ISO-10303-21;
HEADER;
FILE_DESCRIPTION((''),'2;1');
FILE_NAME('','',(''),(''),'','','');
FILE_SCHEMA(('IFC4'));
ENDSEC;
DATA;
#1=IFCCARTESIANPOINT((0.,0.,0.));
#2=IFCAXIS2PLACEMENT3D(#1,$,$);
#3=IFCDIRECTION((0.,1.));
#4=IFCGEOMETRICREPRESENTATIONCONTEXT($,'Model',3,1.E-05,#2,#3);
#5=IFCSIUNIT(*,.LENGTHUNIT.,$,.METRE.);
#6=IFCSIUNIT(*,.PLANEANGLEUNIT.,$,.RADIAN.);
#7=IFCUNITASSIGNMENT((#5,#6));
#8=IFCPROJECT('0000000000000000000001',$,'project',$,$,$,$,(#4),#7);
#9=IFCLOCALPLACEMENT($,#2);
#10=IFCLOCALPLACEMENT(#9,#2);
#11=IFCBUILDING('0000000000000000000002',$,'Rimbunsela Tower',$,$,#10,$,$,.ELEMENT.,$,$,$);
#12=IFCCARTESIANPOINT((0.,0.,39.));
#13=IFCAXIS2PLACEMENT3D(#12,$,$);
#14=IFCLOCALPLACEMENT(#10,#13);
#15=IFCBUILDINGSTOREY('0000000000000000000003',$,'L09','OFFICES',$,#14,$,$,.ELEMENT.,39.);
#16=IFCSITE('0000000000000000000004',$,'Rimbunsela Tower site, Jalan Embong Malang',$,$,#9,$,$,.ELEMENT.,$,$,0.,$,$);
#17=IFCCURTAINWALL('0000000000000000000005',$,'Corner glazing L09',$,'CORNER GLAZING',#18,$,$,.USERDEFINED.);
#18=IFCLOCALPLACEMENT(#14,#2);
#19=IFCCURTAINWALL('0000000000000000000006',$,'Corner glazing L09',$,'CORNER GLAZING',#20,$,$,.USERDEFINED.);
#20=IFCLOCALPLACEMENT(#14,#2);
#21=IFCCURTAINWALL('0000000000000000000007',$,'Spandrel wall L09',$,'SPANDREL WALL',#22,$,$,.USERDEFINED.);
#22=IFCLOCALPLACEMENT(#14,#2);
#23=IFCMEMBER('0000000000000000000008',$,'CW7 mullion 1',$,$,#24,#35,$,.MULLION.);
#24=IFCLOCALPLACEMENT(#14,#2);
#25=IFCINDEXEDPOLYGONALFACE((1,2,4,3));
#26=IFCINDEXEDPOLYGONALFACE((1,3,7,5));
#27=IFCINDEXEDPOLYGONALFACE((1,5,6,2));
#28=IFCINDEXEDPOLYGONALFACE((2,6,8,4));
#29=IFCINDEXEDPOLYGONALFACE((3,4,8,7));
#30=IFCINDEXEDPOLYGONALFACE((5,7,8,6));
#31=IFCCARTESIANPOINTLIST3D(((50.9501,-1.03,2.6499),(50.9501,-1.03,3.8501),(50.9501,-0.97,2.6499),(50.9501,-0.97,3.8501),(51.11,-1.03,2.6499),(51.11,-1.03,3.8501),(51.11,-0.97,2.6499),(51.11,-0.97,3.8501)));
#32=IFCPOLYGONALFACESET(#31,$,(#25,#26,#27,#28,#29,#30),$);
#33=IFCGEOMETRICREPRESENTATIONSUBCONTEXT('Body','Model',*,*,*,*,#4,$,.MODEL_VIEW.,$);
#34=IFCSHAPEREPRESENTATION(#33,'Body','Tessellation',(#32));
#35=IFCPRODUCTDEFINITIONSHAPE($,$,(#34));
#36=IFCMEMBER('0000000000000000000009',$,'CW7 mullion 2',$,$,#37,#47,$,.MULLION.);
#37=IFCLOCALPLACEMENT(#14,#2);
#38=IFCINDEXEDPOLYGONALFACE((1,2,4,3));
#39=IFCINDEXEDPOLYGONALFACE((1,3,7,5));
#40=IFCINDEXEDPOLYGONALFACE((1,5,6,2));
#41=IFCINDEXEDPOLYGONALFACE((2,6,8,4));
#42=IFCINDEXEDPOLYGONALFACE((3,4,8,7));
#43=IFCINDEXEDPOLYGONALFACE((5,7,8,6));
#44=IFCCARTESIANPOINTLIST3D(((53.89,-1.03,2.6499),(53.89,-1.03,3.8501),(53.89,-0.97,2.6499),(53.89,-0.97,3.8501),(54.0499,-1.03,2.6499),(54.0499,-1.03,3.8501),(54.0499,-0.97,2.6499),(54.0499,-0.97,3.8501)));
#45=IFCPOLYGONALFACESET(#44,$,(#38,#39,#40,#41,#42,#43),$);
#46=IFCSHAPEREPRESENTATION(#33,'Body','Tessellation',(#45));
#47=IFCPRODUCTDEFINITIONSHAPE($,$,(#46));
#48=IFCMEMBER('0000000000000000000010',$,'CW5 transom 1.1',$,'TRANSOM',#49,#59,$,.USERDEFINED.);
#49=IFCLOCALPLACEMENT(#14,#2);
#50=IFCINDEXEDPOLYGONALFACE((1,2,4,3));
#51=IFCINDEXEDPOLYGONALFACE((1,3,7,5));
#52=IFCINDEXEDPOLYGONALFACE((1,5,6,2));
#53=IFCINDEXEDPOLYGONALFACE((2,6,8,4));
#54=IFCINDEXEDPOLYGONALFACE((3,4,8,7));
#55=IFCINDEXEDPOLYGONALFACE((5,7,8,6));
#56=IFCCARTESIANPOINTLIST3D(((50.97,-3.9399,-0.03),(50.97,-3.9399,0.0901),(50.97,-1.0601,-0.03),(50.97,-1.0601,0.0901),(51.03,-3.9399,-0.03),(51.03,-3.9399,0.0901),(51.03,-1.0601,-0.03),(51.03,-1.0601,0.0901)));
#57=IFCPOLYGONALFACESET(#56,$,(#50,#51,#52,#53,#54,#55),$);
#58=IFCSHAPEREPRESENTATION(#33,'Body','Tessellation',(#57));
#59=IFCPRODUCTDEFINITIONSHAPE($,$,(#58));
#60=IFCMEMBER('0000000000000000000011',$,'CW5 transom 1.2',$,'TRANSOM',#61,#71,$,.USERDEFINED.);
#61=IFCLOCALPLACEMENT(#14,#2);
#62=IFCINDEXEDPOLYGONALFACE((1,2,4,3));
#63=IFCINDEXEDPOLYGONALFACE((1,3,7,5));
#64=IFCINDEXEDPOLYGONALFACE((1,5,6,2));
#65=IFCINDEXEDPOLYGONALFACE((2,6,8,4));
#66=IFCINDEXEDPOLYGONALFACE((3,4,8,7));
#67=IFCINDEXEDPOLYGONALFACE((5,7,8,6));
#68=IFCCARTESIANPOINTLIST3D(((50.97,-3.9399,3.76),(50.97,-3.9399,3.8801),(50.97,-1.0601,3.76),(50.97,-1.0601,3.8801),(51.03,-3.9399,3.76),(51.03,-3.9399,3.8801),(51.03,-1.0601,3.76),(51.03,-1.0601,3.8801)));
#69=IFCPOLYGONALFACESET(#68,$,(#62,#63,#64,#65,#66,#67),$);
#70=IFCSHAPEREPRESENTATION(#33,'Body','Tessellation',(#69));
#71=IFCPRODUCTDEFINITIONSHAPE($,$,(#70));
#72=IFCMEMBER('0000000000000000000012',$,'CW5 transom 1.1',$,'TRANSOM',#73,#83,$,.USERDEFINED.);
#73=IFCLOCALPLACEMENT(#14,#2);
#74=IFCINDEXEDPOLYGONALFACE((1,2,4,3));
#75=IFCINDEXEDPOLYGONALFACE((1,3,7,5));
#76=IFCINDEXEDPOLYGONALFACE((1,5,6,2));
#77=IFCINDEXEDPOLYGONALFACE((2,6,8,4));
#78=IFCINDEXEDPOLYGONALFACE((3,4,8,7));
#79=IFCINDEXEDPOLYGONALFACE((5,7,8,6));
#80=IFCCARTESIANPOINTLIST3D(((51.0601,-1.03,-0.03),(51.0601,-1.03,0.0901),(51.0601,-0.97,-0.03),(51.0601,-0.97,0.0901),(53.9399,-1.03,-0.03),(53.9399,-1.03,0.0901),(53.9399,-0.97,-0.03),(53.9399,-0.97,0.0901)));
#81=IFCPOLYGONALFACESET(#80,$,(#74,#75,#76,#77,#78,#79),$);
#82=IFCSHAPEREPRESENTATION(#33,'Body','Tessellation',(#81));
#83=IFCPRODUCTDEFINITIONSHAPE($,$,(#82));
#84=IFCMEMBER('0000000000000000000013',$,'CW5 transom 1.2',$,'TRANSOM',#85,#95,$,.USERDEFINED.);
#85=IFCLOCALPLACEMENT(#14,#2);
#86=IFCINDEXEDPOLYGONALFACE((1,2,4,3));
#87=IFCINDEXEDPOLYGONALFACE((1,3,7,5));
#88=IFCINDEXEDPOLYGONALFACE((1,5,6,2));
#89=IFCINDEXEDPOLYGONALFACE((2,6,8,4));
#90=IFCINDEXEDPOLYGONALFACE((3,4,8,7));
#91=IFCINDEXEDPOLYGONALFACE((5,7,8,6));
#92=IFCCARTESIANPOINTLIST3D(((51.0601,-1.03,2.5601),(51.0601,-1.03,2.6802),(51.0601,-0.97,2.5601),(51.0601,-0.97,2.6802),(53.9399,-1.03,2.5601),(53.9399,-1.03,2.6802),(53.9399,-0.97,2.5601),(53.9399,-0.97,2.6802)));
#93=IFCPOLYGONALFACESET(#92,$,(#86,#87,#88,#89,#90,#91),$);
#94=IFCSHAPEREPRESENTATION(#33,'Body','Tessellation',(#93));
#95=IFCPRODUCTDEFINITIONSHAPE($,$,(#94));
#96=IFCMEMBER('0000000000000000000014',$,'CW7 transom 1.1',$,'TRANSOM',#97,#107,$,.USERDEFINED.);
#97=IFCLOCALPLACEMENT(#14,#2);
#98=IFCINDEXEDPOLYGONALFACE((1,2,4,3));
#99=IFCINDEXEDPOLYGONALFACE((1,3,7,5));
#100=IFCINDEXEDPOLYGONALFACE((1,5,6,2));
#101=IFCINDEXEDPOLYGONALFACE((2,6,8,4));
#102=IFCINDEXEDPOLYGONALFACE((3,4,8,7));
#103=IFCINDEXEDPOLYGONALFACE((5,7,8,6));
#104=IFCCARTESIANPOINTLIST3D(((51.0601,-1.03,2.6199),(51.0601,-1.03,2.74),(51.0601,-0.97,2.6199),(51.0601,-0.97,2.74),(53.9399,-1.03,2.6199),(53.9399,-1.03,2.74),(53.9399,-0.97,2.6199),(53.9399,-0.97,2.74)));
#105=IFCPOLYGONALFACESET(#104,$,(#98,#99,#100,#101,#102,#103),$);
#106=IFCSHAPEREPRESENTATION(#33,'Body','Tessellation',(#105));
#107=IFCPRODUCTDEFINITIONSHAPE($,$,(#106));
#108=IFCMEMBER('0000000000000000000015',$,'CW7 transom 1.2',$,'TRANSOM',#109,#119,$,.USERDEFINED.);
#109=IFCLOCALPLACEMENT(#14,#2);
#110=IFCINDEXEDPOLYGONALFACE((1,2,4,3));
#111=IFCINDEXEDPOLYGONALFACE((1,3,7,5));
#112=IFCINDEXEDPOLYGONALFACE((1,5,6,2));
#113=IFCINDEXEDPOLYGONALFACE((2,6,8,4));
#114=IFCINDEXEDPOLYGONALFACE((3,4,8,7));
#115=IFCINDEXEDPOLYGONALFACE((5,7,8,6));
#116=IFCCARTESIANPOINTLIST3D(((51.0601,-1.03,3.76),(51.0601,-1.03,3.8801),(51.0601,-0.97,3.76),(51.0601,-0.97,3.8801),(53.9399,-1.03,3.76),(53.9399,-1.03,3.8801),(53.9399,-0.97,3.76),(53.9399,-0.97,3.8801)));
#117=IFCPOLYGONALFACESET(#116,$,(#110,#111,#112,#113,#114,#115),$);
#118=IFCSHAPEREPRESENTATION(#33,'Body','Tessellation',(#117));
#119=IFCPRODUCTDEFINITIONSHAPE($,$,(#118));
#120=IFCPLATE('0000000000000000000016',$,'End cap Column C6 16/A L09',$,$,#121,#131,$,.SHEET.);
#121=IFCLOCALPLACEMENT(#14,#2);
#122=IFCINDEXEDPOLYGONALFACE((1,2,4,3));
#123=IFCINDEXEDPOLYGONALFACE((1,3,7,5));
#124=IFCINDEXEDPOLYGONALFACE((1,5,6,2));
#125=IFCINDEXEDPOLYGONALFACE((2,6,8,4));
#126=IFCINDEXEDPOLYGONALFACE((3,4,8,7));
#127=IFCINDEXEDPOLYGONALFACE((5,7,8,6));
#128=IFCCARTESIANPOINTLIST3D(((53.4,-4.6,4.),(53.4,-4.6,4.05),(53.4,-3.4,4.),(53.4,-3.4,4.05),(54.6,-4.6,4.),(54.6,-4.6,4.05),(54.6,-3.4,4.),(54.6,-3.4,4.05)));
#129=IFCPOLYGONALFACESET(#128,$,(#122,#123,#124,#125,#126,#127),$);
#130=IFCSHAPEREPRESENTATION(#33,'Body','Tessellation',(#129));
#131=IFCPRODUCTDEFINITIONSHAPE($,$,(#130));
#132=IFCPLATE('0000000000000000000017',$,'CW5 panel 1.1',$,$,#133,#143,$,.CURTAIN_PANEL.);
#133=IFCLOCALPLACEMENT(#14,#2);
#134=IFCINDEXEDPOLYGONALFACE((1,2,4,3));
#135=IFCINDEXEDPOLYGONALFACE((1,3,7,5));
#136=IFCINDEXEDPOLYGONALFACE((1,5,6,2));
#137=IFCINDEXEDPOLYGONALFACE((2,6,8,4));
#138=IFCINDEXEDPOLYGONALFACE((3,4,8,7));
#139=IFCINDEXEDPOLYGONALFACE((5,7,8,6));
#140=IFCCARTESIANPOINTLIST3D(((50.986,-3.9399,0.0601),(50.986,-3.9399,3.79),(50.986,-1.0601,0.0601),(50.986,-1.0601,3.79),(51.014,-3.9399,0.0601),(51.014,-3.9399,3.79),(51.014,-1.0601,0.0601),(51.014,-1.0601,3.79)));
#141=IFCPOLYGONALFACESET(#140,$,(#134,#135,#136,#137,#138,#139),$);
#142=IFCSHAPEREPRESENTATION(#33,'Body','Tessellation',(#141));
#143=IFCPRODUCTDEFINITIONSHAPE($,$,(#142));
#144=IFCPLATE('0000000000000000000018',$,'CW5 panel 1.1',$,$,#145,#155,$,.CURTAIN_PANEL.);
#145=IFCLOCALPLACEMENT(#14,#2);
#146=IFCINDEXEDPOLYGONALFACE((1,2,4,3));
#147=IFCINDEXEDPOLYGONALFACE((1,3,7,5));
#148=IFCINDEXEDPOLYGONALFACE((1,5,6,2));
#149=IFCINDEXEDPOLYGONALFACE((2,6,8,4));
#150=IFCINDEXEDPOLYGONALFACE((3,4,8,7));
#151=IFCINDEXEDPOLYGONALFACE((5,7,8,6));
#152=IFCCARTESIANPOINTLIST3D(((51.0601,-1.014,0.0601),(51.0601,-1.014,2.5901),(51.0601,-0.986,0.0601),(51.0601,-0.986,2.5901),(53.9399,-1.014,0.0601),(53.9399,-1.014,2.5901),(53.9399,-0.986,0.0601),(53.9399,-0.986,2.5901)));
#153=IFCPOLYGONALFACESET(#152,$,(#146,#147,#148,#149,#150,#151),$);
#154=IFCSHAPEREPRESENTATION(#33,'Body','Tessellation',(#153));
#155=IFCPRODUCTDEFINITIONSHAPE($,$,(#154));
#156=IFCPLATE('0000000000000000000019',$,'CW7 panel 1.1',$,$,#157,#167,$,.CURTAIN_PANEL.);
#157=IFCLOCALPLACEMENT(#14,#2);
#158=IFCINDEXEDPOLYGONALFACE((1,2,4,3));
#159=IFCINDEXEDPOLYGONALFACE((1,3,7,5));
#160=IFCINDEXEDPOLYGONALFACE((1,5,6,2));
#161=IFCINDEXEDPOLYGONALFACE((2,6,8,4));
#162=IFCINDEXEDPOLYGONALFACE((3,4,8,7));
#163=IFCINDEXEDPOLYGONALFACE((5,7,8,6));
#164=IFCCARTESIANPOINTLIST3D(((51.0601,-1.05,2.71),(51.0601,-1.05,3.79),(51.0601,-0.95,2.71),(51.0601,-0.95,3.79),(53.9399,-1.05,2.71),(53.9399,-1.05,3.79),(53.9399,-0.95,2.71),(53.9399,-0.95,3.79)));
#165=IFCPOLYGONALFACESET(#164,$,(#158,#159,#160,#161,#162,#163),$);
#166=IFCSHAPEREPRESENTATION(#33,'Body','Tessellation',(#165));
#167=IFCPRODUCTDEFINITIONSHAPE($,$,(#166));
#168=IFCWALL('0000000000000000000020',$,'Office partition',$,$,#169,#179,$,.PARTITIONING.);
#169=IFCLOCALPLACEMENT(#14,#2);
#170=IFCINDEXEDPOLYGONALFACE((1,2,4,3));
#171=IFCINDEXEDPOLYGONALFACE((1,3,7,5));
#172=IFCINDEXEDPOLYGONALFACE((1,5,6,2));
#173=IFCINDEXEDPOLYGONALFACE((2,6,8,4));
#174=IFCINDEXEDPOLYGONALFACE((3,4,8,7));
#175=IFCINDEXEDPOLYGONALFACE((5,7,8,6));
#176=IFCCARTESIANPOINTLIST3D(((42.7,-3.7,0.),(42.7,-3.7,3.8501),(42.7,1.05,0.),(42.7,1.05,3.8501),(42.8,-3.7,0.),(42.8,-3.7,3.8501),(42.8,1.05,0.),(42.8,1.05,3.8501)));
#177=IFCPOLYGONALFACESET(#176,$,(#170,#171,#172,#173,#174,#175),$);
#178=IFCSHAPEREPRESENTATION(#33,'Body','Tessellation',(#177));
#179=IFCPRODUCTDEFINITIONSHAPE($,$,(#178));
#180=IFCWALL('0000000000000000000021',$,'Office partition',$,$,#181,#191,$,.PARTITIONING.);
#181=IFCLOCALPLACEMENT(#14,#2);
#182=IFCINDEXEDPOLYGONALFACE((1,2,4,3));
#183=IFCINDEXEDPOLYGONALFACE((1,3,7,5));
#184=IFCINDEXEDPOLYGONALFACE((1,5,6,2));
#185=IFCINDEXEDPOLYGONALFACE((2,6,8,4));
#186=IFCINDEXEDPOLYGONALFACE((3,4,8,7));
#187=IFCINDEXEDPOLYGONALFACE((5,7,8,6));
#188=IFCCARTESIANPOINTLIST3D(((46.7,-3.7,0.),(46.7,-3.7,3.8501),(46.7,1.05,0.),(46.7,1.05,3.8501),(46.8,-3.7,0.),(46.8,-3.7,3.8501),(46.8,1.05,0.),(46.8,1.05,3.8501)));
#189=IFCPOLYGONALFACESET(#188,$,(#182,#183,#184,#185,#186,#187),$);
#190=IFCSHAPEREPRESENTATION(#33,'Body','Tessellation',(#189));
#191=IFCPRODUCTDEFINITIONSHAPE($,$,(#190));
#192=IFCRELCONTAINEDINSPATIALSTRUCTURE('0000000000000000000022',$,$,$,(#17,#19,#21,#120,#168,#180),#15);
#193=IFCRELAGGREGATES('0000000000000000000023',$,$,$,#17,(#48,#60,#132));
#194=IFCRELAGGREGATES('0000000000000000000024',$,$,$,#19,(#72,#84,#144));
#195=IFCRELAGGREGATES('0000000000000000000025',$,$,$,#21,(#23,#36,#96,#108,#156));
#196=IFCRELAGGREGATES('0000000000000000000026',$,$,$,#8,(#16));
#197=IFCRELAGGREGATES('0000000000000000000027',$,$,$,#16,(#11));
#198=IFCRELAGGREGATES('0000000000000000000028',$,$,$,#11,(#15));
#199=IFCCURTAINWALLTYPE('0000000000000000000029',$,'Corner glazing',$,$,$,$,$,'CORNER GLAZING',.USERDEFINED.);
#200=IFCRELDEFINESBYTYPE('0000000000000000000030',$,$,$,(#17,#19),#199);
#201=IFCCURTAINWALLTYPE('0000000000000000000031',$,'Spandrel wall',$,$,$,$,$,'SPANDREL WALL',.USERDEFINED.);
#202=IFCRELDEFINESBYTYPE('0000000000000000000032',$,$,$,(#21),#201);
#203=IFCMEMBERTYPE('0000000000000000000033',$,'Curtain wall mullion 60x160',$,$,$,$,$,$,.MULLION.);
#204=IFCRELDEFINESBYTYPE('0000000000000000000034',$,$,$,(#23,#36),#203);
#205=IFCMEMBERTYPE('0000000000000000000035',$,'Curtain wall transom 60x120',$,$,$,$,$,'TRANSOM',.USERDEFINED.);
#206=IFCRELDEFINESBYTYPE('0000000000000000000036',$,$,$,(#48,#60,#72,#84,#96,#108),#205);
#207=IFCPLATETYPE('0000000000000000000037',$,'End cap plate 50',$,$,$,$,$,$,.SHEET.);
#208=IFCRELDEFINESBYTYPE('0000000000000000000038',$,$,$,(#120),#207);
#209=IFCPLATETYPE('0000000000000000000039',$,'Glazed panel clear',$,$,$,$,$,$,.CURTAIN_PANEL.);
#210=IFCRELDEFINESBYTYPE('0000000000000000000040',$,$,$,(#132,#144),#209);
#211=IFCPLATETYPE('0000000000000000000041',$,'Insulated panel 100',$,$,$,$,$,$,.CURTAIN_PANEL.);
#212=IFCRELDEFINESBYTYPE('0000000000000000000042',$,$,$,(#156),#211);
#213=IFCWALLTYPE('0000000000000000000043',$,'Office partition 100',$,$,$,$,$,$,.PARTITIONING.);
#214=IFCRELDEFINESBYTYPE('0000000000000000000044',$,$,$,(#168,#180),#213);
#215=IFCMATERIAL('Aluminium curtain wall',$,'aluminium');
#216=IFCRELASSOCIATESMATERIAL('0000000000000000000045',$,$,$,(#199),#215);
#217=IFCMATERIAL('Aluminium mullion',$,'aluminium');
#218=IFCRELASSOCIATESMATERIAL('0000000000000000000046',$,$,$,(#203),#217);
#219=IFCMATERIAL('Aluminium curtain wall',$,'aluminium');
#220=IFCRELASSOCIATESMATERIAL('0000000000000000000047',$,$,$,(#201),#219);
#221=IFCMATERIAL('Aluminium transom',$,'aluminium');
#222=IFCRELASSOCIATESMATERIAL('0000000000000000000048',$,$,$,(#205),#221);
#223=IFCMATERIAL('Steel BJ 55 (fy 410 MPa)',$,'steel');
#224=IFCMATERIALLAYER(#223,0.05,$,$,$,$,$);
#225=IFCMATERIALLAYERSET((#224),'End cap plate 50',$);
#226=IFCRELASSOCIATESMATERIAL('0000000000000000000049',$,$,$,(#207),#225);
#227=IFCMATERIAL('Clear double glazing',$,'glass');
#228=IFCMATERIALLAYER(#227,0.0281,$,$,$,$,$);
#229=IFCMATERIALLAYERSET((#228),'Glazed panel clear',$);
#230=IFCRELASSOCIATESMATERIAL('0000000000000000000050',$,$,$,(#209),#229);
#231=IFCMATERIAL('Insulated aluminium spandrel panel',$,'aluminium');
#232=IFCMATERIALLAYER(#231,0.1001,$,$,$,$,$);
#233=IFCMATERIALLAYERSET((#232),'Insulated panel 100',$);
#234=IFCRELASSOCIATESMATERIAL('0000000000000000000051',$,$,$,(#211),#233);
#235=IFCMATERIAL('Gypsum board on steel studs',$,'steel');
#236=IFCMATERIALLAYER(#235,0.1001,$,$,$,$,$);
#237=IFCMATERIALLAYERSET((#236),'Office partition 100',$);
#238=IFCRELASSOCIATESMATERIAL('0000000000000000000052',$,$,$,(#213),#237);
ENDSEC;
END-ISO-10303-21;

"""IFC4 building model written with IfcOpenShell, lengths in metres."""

from ifc_helpers import new_model, si_unit, direction, frame, frame_2d, origin, origin_2d, place, context, subcontext, project, spatial, rectangle, extrude, material, layer, layer_set, material_profile, profile_set, type_object, element, aggregate, save


model = new_model("IFC4")

# Units and contexts
model_context = context("Model", 3, precision=1e-05, world=origin(), true_north=direction((0.0, 1.0)))
body_context = subcontext(model_context, "Body", "Model", "MODEL_VIEW")
ifc_project = project(units=[si_unit("LENGTHUNIT", "METRE"), si_unit("PLANEANGLEUNIT", "RADIAN")], contexts=[model_context])

# Site, building, storey
site_placement = place(None, origin())
site = spatial("IfcSite", under=ifc_project, at=site_placement, Name="Rimbunsela Tower site, Jalan Embong Malang", CompositionType="ELEMENT", RefElevation=0.0)
building_placement = place(site_placement, origin())
building = spatial("IfcBuilding", under=site, at=building_placement, Name="Rimbunsela Tower", CompositionType="ELEMENT")
storey_placement = place(building_placement, frame((0.0, 0.0, 39.0)))
storey = spatial("IfcBuildingStorey", under=building, at=storey_placement, Name="L09", Description="OFFICES", CompositionType="ELEMENT", Elevation=39.0)

# Curtain walls, members
ifc_material_1 = material(Name="Aluminium curtain wall", Category="aluminium")
curtain_wall_type_1 = type_object("IfcCurtainWallType", Name="Corner glazing", ElementType="CORNER GLAZING", PredefinedType="USERDEFINED", material=ifc_material_1)
curtain_wall_1_placement = place(storey_placement, origin())
curtain_wall_1 = element("IfcCurtainWall", 1, at=curtain_wall_1_placement, inside=storey, type_object=curtain_wall_type_1, Name="Corner glazing L09", ObjectType="CORNER GLAZING", PredefinedType="USERDEFINED")
ifc_material_2 = material(Name="Aluminium mullion", Category="aluminium")
ifc_material_profile_1 = material_profile(ifc_material_2, rectangle(XDim=0.0601, YDim=0.1599, at=origin_2d()), Name="Mullion 60x160")
ifc_profile_set_1 = profile_set([ifc_material_profile_1], Name="Aluminium mullion")
member_type_1 = type_object("IfcMemberType", Name="Curtain wall mullion 60x160", PredefinedType="MULLION", material=ifc_profile_set_1)
curtain_wall_2_placement = place(storey_placement, origin())
curtain_wall_2 = element("IfcCurtainWall", 2, at=curtain_wall_2_placement, inside=storey, type_object=curtain_wall_type_1, Name="Corner glazing L09", ObjectType="CORNER GLAZING", PredefinedType="USERDEFINED")
ifc_material_3 = material(Name="Aluminium curtain wall", Category="aluminium")
curtain_wall_type_2 = type_object("IfcCurtainWallType", Name="Spandrel wall", ElementType="SPANDREL WALL", PredefinedType="USERDEFINED", material=ifc_material_3)
curtain_wall_3_placement = place(storey_placement, origin())
curtain_wall_3 = element("IfcCurtainWall", 3, at=curtain_wall_3_placement, inside=storey, type_object=curtain_wall_type_2, Name="Spandrel wall L09", ObjectType="SPANDREL WALL", PredefinedType="USERDEFINED")
member_1_placement = place(storey_placement, frame((51.03, -1.0, 2.6499), z_axis=(0.0, 0.0, 1.0), x_axis=(0.0, 1.0, 0.0)))
member_1 = element("IfcMember", 4, at=member_1_placement, type_object=member_type_1, Name="CW7 mullion 1", PredefinedType="MULLION", context=body_context, shape_type="SweptSolid", body=[
    extrude(rectangle(XDim=0.0601, YDim=0.1599, at=origin_2d()), origin(), (0.0, 0.0, 1.0), 1.2002),
])
member_2_placement = place(storey_placement, frame((53.97, -1.0, 2.6499), z_axis=(0.0, 0.0, 1.0), x_axis=(0.0, 1.0, 0.0)))
member_2 = element("IfcMember", 5, at=member_2_placement, type_object=member_type_1, Name="CW7 mullion 2", PredefinedType="MULLION", context=body_context, shape_type="SweptSolid", body=[
    extrude(rectangle(XDim=0.0601, YDim=0.1599, at=origin_2d()), origin(), (0.0, 0.0, 1.0), 1.2002),
])

# Members
ifc_material_4 = material(Name="Aluminium transom", Category="aluminium")
ifc_material_profile_2 = material_profile(ifc_material_4, rectangle(XDim=0.0601, YDim=0.1201, at=origin_2d()), Name="Transom 60x120")
ifc_profile_set_2 = profile_set([ifc_material_profile_2], Name="Aluminium transom")
member_type_2 = type_object("IfcMemberType", Name="Curtain wall transom 60x120", ElementType="TRANSOM", PredefinedType="USERDEFINED", material=ifc_profile_set_2)
member_3_placement = place(storey_placement, frame((51.0, -3.9399, 0.03), z_axis=(0.0, 1.0, 0.0), x_axis=(-1.0, 0.0, 0.0)))
member_3 = element("IfcMember", 6, at=member_3_placement, type_object=member_type_2, Name="CW5 transom 1.1", ObjectType="TRANSOM", PredefinedType="USERDEFINED", context=body_context, shape_type="SweptSolid", body=[
    extrude(rectangle(XDim=0.0601, YDim=0.1201, at=origin_2d()), origin(), (0.0, 0.0, 1.0), 2.8799),
])
member_4_placement = place(storey_placement, frame((51.0, -3.9399, 3.8201), z_axis=(0.0, 1.0, 0.0), x_axis=(-1.0, 0.0, 0.0)))
member_4 = element("IfcMember", 7, at=member_4_placement, type_object=member_type_2, Name="CW5 transom 1.2", ObjectType="TRANSOM", PredefinedType="USERDEFINED", context=body_context, shape_type="SweptSolid", body=[
    extrude(rectangle(XDim=0.0601, YDim=0.1201, at=origin_2d()), origin(), (0.0, 0.0, 1.0), 2.8799),
])
member_5_placement = place(storey_placement, frame((51.0601, -1.0, 0.03), z_axis=(1.0, 0.0, 0.0), x_axis=(0.0, 1.0, 0.0)))
member_5 = element("IfcMember", 8, at=member_5_placement, type_object=member_type_2, Name="CW5 transom 1.1", ObjectType="TRANSOM", PredefinedType="USERDEFINED", context=body_context, shape_type="SweptSolid", body=[
    extrude(rectangle(XDim=0.0601, YDim=0.1201, at=origin_2d()), origin(), (0.0, 0.0, 1.0), 2.8799),
])
member_6_placement = place(storey_placement, frame((51.0601, -1.0, 2.6201), z_axis=(1.0, 0.0, 0.0), x_axis=(0.0, 1.0, 0.0)))
member_6 = element("IfcMember", 9, at=member_6_placement, type_object=member_type_2, Name="CW5 transom 1.2", ObjectType="TRANSOM", PredefinedType="USERDEFINED", context=body_context, shape_type="SweptSolid", body=[
    extrude(rectangle(XDim=0.0601, YDim=0.1201, at=origin_2d()), origin(), (0.0, 0.0, 1.0), 2.8799),
])
member_7_placement = place(storey_placement, frame((51.0601, -1.0, 2.6799), z_axis=(1.0, 0.0, 0.0), x_axis=(0.0, 1.0, 0.0)))
member_7 = element("IfcMember", 10, at=member_7_placement, type_object=member_type_2, Name="CW7 transom 1.1", ObjectType="TRANSOM", PredefinedType="USERDEFINED", context=body_context, shape_type="SweptSolid", body=[
    extrude(rectangle(XDim=0.0601, YDim=0.1201, at=origin_2d()), origin(), (0.0, 0.0, 1.0), 2.8799),
])
member_8_placement = place(storey_placement, frame((51.0601, -1.0, 3.8201), z_axis=(1.0, 0.0, 0.0), x_axis=(0.0, 1.0, 0.0)))
member_8 = element("IfcMember", 11, at=member_8_placement, type_object=member_type_2, Name="CW7 transom 1.2", ObjectType="TRANSOM", PredefinedType="USERDEFINED", context=body_context, shape_type="SweptSolid", body=[
    extrude(rectangle(XDim=0.0601, YDim=0.1201, at=origin_2d()), origin(), (0.0, 0.0, 1.0), 2.8799),
])

# Plates
ifc_material_5 = material(Name="Steel BJ 55 (fy 410 MPa)", Category="steel")
ifc_layer_1 = layer(ifc_material_5, 0.05)
ifc_layer_set_1 = layer_set([ifc_layer_1], Name="End cap plate 50")
plate_type_1 = type_object("IfcPlateType", Name="End cap plate 50", PredefinedType="SHEET", material=ifc_layer_set_1)
plate_1_placement = place(storey_placement, frame((54.0, -4.0, 4.0), z_axis=(0.0, 0.0, 1.0), x_axis=(1.0, 0.0, 0.0)))
element("IfcPlate", 12, at=plate_1_placement, inside=storey, type_object=plate_type_1, Name="End cap Column C6 16/A L09", PredefinedType="SHEET", context=body_context, shape_type="SweptSolid", body=[
    extrude(rectangle(XDim=1.2, YDim=1.2, at=origin_2d()), origin(), (0.0, 0.0, 1.0), 0.05),
])
ifc_material_6 = material(Name="Clear double glazing", Category="glass")
ifc_layer_2 = layer(ifc_material_6, 0.0281)
ifc_layer_set_2 = layer_set([ifc_layer_2], Name="Glazed panel clear")
plate_type_2 = type_object("IfcPlateType", Name="Glazed panel clear", PredefinedType="CURTAIN_PANEL", material=ifc_layer_set_2)
plate_2_placement = place(storey_placement, frame((51.0, -2.5, 0.0601), z_axis=(0.0, 0.0, 1.0), x_axis=(0.0, 1.0, 0.0)))
plate_2 = element("IfcPlate", 13, at=plate_2_placement, type_object=plate_type_2, Name="CW5 panel 1.1", PredefinedType="CURTAIN_PANEL", context=body_context, shape_type="SweptSolid", body=[
    extrude(rectangle(XDim=2.8799, YDim=0.0281, at=origin_2d()), origin(), (0.0, 0.0, 1.0), 3.73),
])
aggregate(curtain_wall_1, [member_3, member_4, plate_2])
plate_3_placement = place(storey_placement, frame((52.5, -1.0, 0.0601), z_axis=(0.0, 0.0, 1.0), x_axis=(1.0, 0.0, 0.0)))
plate_3 = element("IfcPlate", 14, at=plate_3_placement, type_object=plate_type_2, Name="CW5 panel 1.1", PredefinedType="CURTAIN_PANEL", context=body_context, shape_type="SweptSolid", body=[
    extrude(rectangle(XDim=2.8799, YDim=0.0281, at=origin_2d()), origin(), (0.0, 0.0, 1.0), 2.53),
])
aggregate(curtain_wall_2, [member_5, member_6, plate_3])
ifc_material_7 = material(Name="Insulated aluminium spandrel panel", Category="aluminium")
ifc_layer_3 = layer(ifc_material_7, 0.1001)
ifc_layer_set_3 = layer_set([ifc_layer_3], Name="Insulated panel 100")
plate_type_3 = type_object("IfcPlateType", Name="Insulated panel 100", PredefinedType="CURTAIN_PANEL", material=ifc_layer_set_3)
plate_4_placement = place(storey_placement, frame((52.5, -1.0, 2.71), z_axis=(0.0, 0.0, 1.0), x_axis=(1.0, 0.0, 0.0)))
plate_4 = element("IfcPlate", 15, at=plate_4_placement, type_object=plate_type_3, Name="CW7 panel 1.1", PredefinedType="CURTAIN_PANEL", context=body_context, shape_type="SweptSolid", body=[
    extrude(rectangle(XDim=2.8799, YDim=0.1001, at=origin_2d()), origin(), (0.0, 0.0, 1.0), 1.0801),
])
aggregate(curtain_wall_3, [member_1, member_2, member_7, member_8, plate_4])

# Walls
ifc_material_8 = material(Name="Gypsum board on steel studs", Category="steel")
ifc_layer_4 = layer(ifc_material_8, 0.1001)
ifc_layer_set_4 = layer_set([ifc_layer_4], Name="Office partition 100")
wall_type_1 = type_object("IfcWallType", Name="Office partition 100", PredefinedType="PARTITIONING", material=ifc_layer_set_4)
for number, where, z_axis, x_axis, name in (
    (16, (42.75, -3.7, 0.0), (0.0, 0.0, 1.0), (0.0, 1.0, 0.0), "Office partition"),
    (17, (46.75, -3.7, 0.0), (0.0, 0.0, 1.0), (0.0, 1.0, 0.0), "Office partition"),
):
    element("IfcWall", number, at=place(storey_placement, frame(where, z_axis=z_axis, x_axis=x_axis)), inside=storey, type_object=wall_type_1, Name=name, PredefinedType="PARTITIONING", context=body_context, shape_type="SweptSolid", body=[
        extrude(rectangle(XDim=4.75, YDim=0.1001, at=frame_2d((2.375, 0.0))), origin(), (0.0, 0.0, 1.0), 3.8501),
    ])

save(model, "model.ifc")
